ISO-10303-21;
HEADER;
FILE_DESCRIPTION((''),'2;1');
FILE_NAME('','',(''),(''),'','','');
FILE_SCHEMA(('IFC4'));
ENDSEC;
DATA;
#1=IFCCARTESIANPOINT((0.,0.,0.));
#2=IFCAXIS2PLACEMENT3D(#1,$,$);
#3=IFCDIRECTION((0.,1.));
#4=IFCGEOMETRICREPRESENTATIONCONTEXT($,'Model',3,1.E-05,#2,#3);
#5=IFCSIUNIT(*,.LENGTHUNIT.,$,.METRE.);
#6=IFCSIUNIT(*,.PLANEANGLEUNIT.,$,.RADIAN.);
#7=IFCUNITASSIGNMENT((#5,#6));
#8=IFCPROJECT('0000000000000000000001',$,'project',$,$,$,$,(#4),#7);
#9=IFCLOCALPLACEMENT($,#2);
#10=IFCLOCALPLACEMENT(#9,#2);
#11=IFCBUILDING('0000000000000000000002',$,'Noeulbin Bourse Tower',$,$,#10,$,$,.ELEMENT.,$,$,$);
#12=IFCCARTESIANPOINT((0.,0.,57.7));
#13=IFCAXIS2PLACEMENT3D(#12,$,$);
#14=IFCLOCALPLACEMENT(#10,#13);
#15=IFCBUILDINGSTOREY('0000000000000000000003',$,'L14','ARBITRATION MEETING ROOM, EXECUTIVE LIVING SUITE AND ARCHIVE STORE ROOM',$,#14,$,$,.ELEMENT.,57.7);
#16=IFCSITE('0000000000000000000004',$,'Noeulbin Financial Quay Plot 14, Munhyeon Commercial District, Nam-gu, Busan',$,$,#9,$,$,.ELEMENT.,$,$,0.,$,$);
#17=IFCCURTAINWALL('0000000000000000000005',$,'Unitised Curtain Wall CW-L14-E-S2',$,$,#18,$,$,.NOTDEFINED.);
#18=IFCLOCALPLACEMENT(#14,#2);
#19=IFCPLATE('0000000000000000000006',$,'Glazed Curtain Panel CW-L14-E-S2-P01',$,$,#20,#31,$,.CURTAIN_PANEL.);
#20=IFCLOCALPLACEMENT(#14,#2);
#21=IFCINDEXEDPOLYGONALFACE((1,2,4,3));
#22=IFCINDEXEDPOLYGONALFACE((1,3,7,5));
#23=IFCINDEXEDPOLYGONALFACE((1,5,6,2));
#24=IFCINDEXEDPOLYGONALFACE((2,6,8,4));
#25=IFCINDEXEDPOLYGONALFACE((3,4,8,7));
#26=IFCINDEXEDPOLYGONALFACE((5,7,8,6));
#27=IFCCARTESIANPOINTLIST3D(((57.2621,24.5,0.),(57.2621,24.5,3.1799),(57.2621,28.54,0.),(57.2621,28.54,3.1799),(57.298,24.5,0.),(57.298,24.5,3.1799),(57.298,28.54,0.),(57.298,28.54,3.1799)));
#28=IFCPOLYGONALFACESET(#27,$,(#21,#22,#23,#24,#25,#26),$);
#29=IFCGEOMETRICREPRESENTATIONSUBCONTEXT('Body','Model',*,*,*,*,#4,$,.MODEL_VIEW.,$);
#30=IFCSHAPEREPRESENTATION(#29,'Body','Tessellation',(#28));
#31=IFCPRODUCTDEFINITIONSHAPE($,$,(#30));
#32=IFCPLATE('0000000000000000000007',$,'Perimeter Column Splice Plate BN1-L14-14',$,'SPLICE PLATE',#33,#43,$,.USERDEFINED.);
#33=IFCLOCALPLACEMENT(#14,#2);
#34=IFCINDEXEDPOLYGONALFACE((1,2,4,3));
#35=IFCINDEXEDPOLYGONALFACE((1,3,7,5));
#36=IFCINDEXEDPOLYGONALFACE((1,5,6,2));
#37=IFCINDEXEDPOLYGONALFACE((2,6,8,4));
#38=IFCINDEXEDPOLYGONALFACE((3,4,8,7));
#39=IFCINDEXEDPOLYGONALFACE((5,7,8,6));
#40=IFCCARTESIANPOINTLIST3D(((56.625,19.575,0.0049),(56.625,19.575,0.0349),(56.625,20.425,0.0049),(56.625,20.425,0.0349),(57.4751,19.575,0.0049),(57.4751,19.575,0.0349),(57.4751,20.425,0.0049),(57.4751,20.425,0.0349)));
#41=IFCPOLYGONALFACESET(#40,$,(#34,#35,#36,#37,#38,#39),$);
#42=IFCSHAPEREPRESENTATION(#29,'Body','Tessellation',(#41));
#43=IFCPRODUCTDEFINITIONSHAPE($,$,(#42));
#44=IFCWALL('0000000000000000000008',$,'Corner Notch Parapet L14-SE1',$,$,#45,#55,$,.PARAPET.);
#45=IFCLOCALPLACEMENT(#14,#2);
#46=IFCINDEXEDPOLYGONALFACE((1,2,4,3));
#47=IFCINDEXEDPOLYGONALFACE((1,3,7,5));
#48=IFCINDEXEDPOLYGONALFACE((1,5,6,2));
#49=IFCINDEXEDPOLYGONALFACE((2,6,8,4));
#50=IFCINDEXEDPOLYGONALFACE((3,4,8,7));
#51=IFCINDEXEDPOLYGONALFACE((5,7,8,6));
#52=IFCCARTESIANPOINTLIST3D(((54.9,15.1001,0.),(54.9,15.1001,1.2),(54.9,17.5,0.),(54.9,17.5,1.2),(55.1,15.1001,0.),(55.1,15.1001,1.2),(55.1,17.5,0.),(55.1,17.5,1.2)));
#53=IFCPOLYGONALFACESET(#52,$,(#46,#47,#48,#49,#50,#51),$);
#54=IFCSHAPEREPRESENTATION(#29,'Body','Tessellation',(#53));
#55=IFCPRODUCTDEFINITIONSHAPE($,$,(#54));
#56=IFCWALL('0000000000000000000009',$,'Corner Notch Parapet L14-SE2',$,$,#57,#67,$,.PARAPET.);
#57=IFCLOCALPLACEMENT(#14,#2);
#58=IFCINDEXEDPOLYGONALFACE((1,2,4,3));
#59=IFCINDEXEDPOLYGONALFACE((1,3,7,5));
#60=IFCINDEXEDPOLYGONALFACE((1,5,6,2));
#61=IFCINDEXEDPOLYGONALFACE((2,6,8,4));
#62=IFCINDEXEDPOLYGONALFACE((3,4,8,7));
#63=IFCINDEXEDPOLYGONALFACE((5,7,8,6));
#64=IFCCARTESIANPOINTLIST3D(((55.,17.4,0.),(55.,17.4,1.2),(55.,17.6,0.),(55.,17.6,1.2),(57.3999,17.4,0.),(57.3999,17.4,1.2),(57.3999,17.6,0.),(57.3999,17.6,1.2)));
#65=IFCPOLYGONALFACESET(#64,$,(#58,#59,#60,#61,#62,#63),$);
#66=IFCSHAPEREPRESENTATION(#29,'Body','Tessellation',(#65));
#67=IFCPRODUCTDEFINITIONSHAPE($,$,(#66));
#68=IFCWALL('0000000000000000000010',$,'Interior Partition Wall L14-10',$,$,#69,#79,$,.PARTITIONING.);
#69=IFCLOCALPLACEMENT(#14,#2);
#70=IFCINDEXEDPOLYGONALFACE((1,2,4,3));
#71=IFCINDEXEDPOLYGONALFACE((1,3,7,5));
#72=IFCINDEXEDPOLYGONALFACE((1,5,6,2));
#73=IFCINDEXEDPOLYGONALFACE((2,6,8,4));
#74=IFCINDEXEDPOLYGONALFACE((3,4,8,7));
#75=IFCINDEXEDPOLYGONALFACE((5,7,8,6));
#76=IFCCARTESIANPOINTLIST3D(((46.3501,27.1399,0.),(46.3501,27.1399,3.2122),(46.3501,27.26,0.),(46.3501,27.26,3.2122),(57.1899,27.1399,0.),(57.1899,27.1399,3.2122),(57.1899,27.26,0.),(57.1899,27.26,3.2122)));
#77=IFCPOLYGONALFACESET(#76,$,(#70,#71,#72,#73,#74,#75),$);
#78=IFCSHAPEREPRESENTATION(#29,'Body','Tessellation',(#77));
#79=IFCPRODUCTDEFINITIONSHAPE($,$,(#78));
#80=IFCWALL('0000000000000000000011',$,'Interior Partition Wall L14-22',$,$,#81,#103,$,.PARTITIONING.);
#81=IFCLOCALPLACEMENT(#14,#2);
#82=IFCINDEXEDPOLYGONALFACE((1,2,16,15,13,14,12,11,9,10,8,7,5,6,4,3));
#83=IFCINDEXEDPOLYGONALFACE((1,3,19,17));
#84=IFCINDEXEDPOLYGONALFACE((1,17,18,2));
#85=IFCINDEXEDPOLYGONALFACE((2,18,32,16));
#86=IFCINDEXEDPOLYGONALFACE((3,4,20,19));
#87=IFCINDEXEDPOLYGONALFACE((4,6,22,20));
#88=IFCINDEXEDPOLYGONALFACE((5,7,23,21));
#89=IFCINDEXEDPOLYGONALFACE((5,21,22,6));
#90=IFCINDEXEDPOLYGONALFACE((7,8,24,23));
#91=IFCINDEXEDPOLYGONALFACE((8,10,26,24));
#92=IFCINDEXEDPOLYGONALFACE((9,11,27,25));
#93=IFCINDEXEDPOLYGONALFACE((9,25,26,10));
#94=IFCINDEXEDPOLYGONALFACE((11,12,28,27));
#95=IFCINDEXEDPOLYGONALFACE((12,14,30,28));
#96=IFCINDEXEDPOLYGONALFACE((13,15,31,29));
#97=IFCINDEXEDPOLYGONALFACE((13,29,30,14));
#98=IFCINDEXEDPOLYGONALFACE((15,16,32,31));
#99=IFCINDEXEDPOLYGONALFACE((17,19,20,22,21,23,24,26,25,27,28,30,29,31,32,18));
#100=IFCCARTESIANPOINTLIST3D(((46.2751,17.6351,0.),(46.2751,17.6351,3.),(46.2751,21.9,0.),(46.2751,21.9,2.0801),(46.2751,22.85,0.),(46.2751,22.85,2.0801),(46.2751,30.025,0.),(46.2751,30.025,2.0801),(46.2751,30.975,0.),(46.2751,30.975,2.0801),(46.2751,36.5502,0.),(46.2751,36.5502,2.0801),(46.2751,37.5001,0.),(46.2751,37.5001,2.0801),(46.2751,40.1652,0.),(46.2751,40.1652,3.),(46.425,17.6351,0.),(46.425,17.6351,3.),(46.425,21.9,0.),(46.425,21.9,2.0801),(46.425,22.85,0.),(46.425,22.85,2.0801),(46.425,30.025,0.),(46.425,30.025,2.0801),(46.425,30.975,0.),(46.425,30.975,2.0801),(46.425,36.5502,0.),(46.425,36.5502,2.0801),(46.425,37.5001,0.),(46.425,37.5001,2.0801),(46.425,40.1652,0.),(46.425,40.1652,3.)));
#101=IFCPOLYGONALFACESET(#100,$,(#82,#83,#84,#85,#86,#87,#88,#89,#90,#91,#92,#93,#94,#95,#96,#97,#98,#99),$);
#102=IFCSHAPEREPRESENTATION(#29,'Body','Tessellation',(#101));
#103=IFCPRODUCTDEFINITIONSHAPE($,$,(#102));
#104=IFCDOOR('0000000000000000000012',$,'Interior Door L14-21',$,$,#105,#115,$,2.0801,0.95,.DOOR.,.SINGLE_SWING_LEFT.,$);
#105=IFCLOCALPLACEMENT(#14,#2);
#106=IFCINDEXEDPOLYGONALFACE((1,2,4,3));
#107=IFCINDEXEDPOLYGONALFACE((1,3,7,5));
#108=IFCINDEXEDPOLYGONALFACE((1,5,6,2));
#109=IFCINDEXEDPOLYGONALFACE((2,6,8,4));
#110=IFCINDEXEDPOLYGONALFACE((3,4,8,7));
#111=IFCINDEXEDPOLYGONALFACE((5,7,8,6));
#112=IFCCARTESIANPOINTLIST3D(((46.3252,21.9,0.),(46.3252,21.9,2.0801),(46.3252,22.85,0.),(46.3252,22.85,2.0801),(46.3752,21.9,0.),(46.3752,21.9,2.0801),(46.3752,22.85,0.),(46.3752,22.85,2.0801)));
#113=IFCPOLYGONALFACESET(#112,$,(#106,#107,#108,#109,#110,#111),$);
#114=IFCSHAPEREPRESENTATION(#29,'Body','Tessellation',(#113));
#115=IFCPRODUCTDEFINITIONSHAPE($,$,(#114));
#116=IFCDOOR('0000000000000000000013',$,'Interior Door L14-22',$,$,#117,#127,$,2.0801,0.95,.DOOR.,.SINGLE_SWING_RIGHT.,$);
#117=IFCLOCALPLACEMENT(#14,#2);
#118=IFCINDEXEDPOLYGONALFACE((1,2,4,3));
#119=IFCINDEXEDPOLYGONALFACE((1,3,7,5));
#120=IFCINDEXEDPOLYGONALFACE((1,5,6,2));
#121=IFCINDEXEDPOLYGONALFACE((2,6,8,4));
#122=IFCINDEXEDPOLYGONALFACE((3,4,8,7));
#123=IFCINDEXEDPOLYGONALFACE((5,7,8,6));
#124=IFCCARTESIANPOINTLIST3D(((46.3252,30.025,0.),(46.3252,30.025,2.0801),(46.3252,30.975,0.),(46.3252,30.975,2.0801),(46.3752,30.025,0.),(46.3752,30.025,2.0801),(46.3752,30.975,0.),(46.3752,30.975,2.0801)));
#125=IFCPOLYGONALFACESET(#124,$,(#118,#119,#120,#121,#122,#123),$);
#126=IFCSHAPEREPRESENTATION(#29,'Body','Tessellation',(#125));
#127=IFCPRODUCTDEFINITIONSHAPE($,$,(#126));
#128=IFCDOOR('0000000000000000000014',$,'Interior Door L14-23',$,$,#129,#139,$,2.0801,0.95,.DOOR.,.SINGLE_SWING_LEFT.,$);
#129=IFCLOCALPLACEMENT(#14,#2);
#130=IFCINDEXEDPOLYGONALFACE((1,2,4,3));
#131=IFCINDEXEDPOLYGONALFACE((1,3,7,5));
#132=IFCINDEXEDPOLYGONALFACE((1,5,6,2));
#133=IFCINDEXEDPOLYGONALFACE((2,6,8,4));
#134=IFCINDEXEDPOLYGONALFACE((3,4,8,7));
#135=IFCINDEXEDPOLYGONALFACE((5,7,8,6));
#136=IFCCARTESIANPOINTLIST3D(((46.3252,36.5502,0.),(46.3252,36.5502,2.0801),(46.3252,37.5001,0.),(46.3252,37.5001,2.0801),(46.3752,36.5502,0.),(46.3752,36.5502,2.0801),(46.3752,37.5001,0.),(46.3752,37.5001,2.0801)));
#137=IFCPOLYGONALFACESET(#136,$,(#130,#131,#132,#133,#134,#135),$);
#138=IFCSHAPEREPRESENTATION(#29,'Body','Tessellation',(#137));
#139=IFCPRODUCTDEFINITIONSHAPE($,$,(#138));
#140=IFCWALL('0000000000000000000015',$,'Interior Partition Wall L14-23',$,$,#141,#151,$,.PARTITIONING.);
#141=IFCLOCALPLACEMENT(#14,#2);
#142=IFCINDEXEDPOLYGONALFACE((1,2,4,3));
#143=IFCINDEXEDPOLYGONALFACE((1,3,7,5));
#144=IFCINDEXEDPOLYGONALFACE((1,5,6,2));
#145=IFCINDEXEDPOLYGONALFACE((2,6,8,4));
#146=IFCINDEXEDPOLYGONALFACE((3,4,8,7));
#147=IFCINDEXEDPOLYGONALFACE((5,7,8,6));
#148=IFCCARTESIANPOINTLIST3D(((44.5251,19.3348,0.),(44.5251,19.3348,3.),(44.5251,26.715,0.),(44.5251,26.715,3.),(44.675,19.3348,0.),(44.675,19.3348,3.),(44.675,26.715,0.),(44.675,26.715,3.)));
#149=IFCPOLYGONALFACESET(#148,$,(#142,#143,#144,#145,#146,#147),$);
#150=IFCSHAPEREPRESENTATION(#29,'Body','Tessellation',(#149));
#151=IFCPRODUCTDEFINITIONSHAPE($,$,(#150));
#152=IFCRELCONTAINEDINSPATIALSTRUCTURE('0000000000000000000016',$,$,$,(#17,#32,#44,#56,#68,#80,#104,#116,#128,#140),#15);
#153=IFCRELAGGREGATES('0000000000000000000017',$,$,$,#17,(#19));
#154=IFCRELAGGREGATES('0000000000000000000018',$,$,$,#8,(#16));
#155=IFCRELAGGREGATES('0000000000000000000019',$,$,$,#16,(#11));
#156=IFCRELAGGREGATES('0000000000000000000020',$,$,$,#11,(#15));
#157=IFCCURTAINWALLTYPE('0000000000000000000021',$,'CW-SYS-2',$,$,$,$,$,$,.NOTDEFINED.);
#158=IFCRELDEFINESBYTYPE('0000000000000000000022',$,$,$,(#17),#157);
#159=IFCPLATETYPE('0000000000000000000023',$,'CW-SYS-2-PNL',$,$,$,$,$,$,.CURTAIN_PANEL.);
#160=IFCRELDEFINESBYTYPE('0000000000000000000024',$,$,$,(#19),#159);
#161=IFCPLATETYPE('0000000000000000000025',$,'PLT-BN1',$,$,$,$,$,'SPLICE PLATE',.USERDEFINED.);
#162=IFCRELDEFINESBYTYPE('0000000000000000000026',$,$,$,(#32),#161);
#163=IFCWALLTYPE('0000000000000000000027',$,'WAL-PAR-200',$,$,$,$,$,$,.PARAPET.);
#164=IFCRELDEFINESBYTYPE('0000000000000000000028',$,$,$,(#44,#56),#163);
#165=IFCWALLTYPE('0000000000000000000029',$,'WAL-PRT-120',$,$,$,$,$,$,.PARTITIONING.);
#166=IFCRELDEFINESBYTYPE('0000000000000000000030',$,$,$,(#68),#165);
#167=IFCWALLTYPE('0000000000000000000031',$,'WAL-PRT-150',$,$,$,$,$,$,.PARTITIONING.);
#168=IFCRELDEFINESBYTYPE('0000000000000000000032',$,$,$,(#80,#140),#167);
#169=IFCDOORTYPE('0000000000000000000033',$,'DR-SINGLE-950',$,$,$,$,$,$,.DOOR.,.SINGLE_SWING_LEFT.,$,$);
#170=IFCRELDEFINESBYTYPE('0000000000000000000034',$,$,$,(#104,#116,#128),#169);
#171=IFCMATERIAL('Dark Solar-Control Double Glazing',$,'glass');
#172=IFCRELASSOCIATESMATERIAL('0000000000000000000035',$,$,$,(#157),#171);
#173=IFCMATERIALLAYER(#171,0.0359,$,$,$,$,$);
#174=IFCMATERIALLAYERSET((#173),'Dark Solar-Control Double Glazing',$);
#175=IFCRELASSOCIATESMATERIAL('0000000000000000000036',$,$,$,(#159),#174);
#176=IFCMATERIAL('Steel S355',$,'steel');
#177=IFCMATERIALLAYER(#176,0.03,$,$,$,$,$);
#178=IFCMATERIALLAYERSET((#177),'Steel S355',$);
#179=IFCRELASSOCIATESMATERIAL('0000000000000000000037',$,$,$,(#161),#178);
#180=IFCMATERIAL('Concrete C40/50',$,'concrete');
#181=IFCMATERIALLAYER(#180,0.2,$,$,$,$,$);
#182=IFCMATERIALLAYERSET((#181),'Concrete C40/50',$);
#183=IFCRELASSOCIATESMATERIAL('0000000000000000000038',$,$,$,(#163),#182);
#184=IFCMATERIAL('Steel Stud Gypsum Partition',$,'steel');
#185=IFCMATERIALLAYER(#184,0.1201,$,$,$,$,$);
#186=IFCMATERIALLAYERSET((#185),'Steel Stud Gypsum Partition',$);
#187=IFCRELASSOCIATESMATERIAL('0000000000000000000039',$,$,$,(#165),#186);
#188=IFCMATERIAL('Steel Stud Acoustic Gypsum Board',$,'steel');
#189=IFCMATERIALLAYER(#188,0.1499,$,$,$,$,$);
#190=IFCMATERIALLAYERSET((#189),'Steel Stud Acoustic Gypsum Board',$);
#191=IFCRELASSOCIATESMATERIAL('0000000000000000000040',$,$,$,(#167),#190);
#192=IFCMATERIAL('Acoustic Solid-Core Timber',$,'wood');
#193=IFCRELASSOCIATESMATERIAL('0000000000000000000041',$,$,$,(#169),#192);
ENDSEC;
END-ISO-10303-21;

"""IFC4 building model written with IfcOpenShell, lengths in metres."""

from ifc_helpers import new_model, si_unit, direction, frame, frame_2d, origin, origin_2d, place, context, subcontext, project, spatial, rectangle, extrude, material, layer, layer_set, type_object, element, fill, aggregate, save


model = new_model("IFC4")

# Units and contexts
model_context = context("Model", 3, precision=1e-05, world=origin(), true_north=direction((0.0, 1.0)))
body_context = subcontext(model_context, "Body", "Model", "MODEL_VIEW")
ifc_project = project(units=[si_unit("LENGTHUNIT", "METRE"), si_unit("PLANEANGLEUNIT", "RADIAN")], contexts=[model_context])

# Site, building, storey
site_placement = place(None, origin())
site = spatial("IfcSite", under=ifc_project, at=site_placement, Name="Noeulbin Financial Quay Plot 14, Munhyeon Commercial District, Nam-gu, Busan", CompositionType="ELEMENT", RefElevation=0.0)
building_placement = place(site_placement, origin())
building = spatial("IfcBuilding", under=site, at=building_placement, Name="Noeulbin Bourse Tower", CompositionType="ELEMENT")
storey_placement = place(building_placement, frame((0.0, 0.0, 57.7)))
storey = spatial("IfcBuildingStorey", under=building, at=storey_placement, Name="L14", Description="ARBITRATION MEETING ROOM, EXECUTIVE LIVING SUITE AND ARCHIVE STORE ROOM", CompositionType="ELEMENT", Elevation=57.7)

# Shared definitions
ifc_material_1 = material(Name="Steel S355", Category="steel")

# Curtain wall
ifc_material_2 = material(Name="Dark Solar-Control Double Glazing", Category="glass")
curtain_wall_type = type_object("IfcCurtainWallType", Name="CW-SYS-2", PredefinedType="NOTDEFINED", material=ifc_material_2)
curtain_wall_1_placement = place(storey_placement, origin())
curtain_wall_1 = element("IfcCurtainWall", 1, at=curtain_wall_1_placement, inside=storey, type_object=curtain_wall_type, Name="Unitised Curtain Wall CW-L14-E-S2", PredefinedType="NOTDEFINED")

# Plates
ifc_layer_1 = layer(ifc_material_2, 0.0359)
ifc_layer_set_1 = layer_set([ifc_layer_1], Name="Dark Solar-Control Double Glazing")
plate_type_1 = type_object("IfcPlateType", Name="CW-SYS-2-PNL", PredefinedType="CURTAIN_PANEL", material=ifc_layer_set_1)
plate_1_placement = place(storey_placement, frame((57.28, 26.52, 0.0), z_axis=(0.0, 0.0, 1.0), x_axis=(0.0, 1.0, 0.0)))
plate_1 = element("IfcPlate", 2, at=plate_1_placement, type_object=plate_type_1, Name="Glazed Curtain Panel CW-L14-E-S2-P01", PredefinedType="CURTAIN_PANEL", context=body_context, shape_type="SweptSolid", body=[
    extrude(rectangle(XDim=4.04, YDim=0.0359, at=origin_2d()), origin(), (0.0, 0.0, 1.0), 3.1799),
])
aggregate(curtain_wall_1, [plate_1])
ifc_layer_2 = layer(ifc_material_1, 0.03)
ifc_layer_set_2 = layer_set([ifc_layer_2], Name="Steel S355")
plate_type_2 = type_object("IfcPlateType", Name="PLT-BN1", ElementType="SPLICE PLATE", PredefinedType="USERDEFINED", material=ifc_layer_set_2)
plate_2_placement = place(storey_placement, frame((57.05, 20.0, 0.0049), z_axis=(0.0, 0.0, 1.0), x_axis=(1.0, 0.0, 0.0)))
element("IfcPlate", 3, at=plate_2_placement, inside=storey, type_object=plate_type_2, Name="Perimeter Column Splice Plate BN1-L14-14", ObjectType="SPLICE PLATE", PredefinedType="USERDEFINED", context=body_context, shape_type="SweptSolid", body=[
    extrude(rectangle(XDim=0.8501, YDim=0.8501, at=origin_2d()), origin(), (0.0, 0.0, 1.0), 0.03),
])

# Walls
ifc_material_3 = material(Name="Concrete C40/50", Category="concrete")
ifc_layer_3 = layer(ifc_material_3, 0.2)
ifc_layer_set_3 = layer_set([ifc_layer_3], Name="Concrete C40/50")
wall_type_1 = type_object("IfcWallType", Name="WAL-PAR-200", PredefinedType="PARAPET", material=ifc_layer_set_3)
for number, where, z_axis, x_axis, name in (
    (4, (55.0, 15.1001, 0.0), (0.0, 0.0, 1.0), (0.0, 1.0, 0.0), "Corner Notch Parapet L14-SE1"),
    (5, (55.0, 17.5, 0.0), (0.0, 0.0, 1.0), (1.0, 0.0, 0.0), "Corner Notch Parapet L14-SE2"),
):
    element("IfcWall", number, at=place(storey_placement, frame(where, z_axis=z_axis, x_axis=x_axis)), inside=storey, type_object=wall_type_1, Name=name, PredefinedType="PARAPET", context=body_context, shape_type="SweptSolid", body=[
        extrude(rectangle(XDim=2.3999, YDim=0.2, at=frame_2d((1.2, 0.0))), origin(), (0.0, 0.0, 1.0), 1.2),
    ])
ifc_material_4 = material(Name="Steel Stud Gypsum Partition", Category="steel")
ifc_layer_4 = layer(ifc_material_4, 0.1201)
ifc_layer_set_4 = layer_set([ifc_layer_4], Name="Steel Stud Gypsum Partition")
wall_type_2 = type_object("IfcWallType", Name="WAL-PRT-120", PredefinedType="PARTITIONING", material=ifc_layer_set_4)
wall_1_placement = place(storey_placement, frame((46.3501, 27.2, 0.0), z_axis=(0.0, 0.0, 1.0), x_axis=(1.0, 0.0, 0.0)))
element("IfcWall", 6, at=wall_1_placement, inside=storey, type_object=wall_type_2, Name="Interior Partition Wall L14-10", PredefinedType="PARTITIONING", context=body_context, shape_type="SweptSolid", body=[
    extrude(rectangle(XDim=10.8398, YDim=0.1201, at=frame_2d((5.4199, 0.0))), origin(), (0.0, 0.0, 1.0), 3.2122),
])

# Wall, openings, doors
ifc_material_5 = material(Name="Steel Stud Acoustic Gypsum Board", Category="steel")
ifc_layer_5 = layer(ifc_material_5, 0.1499)
ifc_layer_set_5 = layer_set([ifc_layer_5], Name="Steel Stud Acoustic Gypsum Board")
wall_type_3 = type_object("IfcWallType", Name="WAL-PRT-150", PredefinedType="PARTITIONING", material=ifc_layer_set_5)
wall_2_placement = place(storey_placement, frame((46.3501, 17.635, 0.0), z_axis=(0.0, 0.0, 1.0), x_axis=(0.0, 1.0, 0.0)))
wall_2 = element("IfcWall", 7, at=wall_2_placement, inside=storey, type_object=wall_type_3, Name="Interior Partition Wall L14-22", PredefinedType="PARTITIONING", context=body_context, shape_type="SweptSolid", body=[
    extrude(rectangle(XDim=22.53, YDim=0.1499, at=frame_2d((11.2651, 0.0))), origin(), (0.0, 0.0, 1.0), 3.0),
])
opening_1_placement = place(wall_2_placement, frame((4.2649, 0.0, 0.0)))
opening_1 = element("IfcOpeningElement", 8, at=opening_1_placement, cuts=wall_2, PredefinedType="OPENING", context=body_context, shape_type="SweptSolid", body=[
    extrude(rectangle(XDim=0.95, YDim=2.0801, at=frame_2d((0.4751, 1.04))), frame((0.0, 0.085, 0.0), z_axis=(0.0, -1.0, 0.0), x_axis=(1.0, 0.0, 0.0)), (0.0, 0.0, 1.0), 0.1699),
])
opening_2_placement = place(wall_2_placement, frame((12.3899, 0.0, 0.0)))
opening_2 = element("IfcOpeningElement", 9, at=opening_2_placement, cuts=wall_2, PredefinedType="OPENING", context=body_context, shape_type="SweptSolid", body=[
    extrude(rectangle(XDim=0.95, YDim=2.0801, at=frame_2d((0.4751, 1.04))), frame((0.0, 0.085, 0.0), z_axis=(0.0, -1.0, 0.0), x_axis=(1.0, 0.0, 0.0)), (0.0, 0.0, 1.0), 0.1699),
])
opening_3_placement = place(wall_2_placement, frame((18.915, 0.0, 0.0)))
opening_3 = element("IfcOpeningElement", 10, at=opening_3_placement, cuts=wall_2, PredefinedType="OPENING", context=body_context, shape_type="SweptSolid", body=[
    extrude(rectangle(XDim=0.95, YDim=2.0801, at=frame_2d((0.4751, 1.04))), frame((0.0, 0.085, 0.0), z_axis=(0.0, -1.0, 0.0), x_axis=(1.0, 0.0, 0.0)), (0.0, 0.0, 1.0), 0.1699),
])
ifc_material_6 = material(Name="Acoustic Solid-Core Timber", Category="wood")
door_type = type_object("IfcDoorType", Name="DR-SINGLE-950", OperationType="SINGLE_SWING_LEFT", PredefinedType="DOOR", material=ifc_material_6)
door_1_placement = place(opening_1_placement, origin())
door_1 = element("IfcDoor", 11, at=door_1_placement, inside=storey, type_object=door_type, Name="Interior Door L14-21", OperationType="SINGLE_SWING_LEFT", OverallHeight=2.0801, OverallWidth=0.95, PredefinedType="DOOR", context=body_context, shape_type="SweptSolid", body=[
    extrude(rectangle(XDim=0.95, YDim=2.0801, at=frame_2d((0.4751, 1.04))), frame((0.0, 0.0249, 0.0), z_axis=(0.0, -1.0, 0.0), x_axis=(1.0, 0.0, 0.0)), (0.0, 0.0, 1.0), 0.05),
])
fill(opening_1, door_1)
door_2_placement = place(opening_2_placement, origin())
door_2 = element("IfcDoor", 12, at=door_2_placement, inside=storey, type_object=door_type, Name="Interior Door L14-22", OperationType="SINGLE_SWING_RIGHT", OverallHeight=2.0801, OverallWidth=0.95, PredefinedType="DOOR", context=body_context, shape_type="SweptSolid", body=[
    extrude(rectangle(XDim=0.95, YDim=2.0801, at=frame_2d((0.4751, 1.04))), frame((0.0, 0.0249, 0.0), z_axis=(0.0, -1.0, 0.0), x_axis=(1.0, 0.0, 0.0)), (0.0, 0.0, 1.0), 0.05),
])
fill(opening_2, door_2)
door_3_placement = place(opening_3_placement, origin())
door_3 = element("IfcDoor", 13, at=door_3_placement, inside=storey, type_object=door_type, Name="Interior Door L14-23", OperationType="SINGLE_SWING_LEFT", OverallHeight=2.0801, OverallWidth=0.95, PredefinedType="DOOR", context=body_context, shape_type="SweptSolid", body=[
    extrude(rectangle(XDim=0.95, YDim=2.0801, at=frame_2d((0.4751, 1.04))), frame((0.0, 0.0249, 0.0), z_axis=(0.0, -1.0, 0.0), x_axis=(1.0, 0.0, 0.0)), (0.0, 0.0, 1.0), 0.05),
])
fill(opening_3, door_3)

# Wall
wall_3_placement = place(storey_placement, frame((44.6001, 19.335, 0.0), z_axis=(0.0, 0.0, 1.0), x_axis=(0.0, 1.0, 0.0)))
element("IfcWall", 14, at=wall_3_placement, inside=storey, type_object=wall_type_3, Name="Interior Partition Wall L14-23", PredefinedType="PARTITIONING", context=body_context, shape_type="SweptSolid", body=[
    extrude(rectangle(XDim=7.3801, YDim=0.1499, at=frame_2d((3.6899, 0.0))), origin(), (0.0, 0.0, 1.0), 3.0),
])

save(model, "model.ifc")
